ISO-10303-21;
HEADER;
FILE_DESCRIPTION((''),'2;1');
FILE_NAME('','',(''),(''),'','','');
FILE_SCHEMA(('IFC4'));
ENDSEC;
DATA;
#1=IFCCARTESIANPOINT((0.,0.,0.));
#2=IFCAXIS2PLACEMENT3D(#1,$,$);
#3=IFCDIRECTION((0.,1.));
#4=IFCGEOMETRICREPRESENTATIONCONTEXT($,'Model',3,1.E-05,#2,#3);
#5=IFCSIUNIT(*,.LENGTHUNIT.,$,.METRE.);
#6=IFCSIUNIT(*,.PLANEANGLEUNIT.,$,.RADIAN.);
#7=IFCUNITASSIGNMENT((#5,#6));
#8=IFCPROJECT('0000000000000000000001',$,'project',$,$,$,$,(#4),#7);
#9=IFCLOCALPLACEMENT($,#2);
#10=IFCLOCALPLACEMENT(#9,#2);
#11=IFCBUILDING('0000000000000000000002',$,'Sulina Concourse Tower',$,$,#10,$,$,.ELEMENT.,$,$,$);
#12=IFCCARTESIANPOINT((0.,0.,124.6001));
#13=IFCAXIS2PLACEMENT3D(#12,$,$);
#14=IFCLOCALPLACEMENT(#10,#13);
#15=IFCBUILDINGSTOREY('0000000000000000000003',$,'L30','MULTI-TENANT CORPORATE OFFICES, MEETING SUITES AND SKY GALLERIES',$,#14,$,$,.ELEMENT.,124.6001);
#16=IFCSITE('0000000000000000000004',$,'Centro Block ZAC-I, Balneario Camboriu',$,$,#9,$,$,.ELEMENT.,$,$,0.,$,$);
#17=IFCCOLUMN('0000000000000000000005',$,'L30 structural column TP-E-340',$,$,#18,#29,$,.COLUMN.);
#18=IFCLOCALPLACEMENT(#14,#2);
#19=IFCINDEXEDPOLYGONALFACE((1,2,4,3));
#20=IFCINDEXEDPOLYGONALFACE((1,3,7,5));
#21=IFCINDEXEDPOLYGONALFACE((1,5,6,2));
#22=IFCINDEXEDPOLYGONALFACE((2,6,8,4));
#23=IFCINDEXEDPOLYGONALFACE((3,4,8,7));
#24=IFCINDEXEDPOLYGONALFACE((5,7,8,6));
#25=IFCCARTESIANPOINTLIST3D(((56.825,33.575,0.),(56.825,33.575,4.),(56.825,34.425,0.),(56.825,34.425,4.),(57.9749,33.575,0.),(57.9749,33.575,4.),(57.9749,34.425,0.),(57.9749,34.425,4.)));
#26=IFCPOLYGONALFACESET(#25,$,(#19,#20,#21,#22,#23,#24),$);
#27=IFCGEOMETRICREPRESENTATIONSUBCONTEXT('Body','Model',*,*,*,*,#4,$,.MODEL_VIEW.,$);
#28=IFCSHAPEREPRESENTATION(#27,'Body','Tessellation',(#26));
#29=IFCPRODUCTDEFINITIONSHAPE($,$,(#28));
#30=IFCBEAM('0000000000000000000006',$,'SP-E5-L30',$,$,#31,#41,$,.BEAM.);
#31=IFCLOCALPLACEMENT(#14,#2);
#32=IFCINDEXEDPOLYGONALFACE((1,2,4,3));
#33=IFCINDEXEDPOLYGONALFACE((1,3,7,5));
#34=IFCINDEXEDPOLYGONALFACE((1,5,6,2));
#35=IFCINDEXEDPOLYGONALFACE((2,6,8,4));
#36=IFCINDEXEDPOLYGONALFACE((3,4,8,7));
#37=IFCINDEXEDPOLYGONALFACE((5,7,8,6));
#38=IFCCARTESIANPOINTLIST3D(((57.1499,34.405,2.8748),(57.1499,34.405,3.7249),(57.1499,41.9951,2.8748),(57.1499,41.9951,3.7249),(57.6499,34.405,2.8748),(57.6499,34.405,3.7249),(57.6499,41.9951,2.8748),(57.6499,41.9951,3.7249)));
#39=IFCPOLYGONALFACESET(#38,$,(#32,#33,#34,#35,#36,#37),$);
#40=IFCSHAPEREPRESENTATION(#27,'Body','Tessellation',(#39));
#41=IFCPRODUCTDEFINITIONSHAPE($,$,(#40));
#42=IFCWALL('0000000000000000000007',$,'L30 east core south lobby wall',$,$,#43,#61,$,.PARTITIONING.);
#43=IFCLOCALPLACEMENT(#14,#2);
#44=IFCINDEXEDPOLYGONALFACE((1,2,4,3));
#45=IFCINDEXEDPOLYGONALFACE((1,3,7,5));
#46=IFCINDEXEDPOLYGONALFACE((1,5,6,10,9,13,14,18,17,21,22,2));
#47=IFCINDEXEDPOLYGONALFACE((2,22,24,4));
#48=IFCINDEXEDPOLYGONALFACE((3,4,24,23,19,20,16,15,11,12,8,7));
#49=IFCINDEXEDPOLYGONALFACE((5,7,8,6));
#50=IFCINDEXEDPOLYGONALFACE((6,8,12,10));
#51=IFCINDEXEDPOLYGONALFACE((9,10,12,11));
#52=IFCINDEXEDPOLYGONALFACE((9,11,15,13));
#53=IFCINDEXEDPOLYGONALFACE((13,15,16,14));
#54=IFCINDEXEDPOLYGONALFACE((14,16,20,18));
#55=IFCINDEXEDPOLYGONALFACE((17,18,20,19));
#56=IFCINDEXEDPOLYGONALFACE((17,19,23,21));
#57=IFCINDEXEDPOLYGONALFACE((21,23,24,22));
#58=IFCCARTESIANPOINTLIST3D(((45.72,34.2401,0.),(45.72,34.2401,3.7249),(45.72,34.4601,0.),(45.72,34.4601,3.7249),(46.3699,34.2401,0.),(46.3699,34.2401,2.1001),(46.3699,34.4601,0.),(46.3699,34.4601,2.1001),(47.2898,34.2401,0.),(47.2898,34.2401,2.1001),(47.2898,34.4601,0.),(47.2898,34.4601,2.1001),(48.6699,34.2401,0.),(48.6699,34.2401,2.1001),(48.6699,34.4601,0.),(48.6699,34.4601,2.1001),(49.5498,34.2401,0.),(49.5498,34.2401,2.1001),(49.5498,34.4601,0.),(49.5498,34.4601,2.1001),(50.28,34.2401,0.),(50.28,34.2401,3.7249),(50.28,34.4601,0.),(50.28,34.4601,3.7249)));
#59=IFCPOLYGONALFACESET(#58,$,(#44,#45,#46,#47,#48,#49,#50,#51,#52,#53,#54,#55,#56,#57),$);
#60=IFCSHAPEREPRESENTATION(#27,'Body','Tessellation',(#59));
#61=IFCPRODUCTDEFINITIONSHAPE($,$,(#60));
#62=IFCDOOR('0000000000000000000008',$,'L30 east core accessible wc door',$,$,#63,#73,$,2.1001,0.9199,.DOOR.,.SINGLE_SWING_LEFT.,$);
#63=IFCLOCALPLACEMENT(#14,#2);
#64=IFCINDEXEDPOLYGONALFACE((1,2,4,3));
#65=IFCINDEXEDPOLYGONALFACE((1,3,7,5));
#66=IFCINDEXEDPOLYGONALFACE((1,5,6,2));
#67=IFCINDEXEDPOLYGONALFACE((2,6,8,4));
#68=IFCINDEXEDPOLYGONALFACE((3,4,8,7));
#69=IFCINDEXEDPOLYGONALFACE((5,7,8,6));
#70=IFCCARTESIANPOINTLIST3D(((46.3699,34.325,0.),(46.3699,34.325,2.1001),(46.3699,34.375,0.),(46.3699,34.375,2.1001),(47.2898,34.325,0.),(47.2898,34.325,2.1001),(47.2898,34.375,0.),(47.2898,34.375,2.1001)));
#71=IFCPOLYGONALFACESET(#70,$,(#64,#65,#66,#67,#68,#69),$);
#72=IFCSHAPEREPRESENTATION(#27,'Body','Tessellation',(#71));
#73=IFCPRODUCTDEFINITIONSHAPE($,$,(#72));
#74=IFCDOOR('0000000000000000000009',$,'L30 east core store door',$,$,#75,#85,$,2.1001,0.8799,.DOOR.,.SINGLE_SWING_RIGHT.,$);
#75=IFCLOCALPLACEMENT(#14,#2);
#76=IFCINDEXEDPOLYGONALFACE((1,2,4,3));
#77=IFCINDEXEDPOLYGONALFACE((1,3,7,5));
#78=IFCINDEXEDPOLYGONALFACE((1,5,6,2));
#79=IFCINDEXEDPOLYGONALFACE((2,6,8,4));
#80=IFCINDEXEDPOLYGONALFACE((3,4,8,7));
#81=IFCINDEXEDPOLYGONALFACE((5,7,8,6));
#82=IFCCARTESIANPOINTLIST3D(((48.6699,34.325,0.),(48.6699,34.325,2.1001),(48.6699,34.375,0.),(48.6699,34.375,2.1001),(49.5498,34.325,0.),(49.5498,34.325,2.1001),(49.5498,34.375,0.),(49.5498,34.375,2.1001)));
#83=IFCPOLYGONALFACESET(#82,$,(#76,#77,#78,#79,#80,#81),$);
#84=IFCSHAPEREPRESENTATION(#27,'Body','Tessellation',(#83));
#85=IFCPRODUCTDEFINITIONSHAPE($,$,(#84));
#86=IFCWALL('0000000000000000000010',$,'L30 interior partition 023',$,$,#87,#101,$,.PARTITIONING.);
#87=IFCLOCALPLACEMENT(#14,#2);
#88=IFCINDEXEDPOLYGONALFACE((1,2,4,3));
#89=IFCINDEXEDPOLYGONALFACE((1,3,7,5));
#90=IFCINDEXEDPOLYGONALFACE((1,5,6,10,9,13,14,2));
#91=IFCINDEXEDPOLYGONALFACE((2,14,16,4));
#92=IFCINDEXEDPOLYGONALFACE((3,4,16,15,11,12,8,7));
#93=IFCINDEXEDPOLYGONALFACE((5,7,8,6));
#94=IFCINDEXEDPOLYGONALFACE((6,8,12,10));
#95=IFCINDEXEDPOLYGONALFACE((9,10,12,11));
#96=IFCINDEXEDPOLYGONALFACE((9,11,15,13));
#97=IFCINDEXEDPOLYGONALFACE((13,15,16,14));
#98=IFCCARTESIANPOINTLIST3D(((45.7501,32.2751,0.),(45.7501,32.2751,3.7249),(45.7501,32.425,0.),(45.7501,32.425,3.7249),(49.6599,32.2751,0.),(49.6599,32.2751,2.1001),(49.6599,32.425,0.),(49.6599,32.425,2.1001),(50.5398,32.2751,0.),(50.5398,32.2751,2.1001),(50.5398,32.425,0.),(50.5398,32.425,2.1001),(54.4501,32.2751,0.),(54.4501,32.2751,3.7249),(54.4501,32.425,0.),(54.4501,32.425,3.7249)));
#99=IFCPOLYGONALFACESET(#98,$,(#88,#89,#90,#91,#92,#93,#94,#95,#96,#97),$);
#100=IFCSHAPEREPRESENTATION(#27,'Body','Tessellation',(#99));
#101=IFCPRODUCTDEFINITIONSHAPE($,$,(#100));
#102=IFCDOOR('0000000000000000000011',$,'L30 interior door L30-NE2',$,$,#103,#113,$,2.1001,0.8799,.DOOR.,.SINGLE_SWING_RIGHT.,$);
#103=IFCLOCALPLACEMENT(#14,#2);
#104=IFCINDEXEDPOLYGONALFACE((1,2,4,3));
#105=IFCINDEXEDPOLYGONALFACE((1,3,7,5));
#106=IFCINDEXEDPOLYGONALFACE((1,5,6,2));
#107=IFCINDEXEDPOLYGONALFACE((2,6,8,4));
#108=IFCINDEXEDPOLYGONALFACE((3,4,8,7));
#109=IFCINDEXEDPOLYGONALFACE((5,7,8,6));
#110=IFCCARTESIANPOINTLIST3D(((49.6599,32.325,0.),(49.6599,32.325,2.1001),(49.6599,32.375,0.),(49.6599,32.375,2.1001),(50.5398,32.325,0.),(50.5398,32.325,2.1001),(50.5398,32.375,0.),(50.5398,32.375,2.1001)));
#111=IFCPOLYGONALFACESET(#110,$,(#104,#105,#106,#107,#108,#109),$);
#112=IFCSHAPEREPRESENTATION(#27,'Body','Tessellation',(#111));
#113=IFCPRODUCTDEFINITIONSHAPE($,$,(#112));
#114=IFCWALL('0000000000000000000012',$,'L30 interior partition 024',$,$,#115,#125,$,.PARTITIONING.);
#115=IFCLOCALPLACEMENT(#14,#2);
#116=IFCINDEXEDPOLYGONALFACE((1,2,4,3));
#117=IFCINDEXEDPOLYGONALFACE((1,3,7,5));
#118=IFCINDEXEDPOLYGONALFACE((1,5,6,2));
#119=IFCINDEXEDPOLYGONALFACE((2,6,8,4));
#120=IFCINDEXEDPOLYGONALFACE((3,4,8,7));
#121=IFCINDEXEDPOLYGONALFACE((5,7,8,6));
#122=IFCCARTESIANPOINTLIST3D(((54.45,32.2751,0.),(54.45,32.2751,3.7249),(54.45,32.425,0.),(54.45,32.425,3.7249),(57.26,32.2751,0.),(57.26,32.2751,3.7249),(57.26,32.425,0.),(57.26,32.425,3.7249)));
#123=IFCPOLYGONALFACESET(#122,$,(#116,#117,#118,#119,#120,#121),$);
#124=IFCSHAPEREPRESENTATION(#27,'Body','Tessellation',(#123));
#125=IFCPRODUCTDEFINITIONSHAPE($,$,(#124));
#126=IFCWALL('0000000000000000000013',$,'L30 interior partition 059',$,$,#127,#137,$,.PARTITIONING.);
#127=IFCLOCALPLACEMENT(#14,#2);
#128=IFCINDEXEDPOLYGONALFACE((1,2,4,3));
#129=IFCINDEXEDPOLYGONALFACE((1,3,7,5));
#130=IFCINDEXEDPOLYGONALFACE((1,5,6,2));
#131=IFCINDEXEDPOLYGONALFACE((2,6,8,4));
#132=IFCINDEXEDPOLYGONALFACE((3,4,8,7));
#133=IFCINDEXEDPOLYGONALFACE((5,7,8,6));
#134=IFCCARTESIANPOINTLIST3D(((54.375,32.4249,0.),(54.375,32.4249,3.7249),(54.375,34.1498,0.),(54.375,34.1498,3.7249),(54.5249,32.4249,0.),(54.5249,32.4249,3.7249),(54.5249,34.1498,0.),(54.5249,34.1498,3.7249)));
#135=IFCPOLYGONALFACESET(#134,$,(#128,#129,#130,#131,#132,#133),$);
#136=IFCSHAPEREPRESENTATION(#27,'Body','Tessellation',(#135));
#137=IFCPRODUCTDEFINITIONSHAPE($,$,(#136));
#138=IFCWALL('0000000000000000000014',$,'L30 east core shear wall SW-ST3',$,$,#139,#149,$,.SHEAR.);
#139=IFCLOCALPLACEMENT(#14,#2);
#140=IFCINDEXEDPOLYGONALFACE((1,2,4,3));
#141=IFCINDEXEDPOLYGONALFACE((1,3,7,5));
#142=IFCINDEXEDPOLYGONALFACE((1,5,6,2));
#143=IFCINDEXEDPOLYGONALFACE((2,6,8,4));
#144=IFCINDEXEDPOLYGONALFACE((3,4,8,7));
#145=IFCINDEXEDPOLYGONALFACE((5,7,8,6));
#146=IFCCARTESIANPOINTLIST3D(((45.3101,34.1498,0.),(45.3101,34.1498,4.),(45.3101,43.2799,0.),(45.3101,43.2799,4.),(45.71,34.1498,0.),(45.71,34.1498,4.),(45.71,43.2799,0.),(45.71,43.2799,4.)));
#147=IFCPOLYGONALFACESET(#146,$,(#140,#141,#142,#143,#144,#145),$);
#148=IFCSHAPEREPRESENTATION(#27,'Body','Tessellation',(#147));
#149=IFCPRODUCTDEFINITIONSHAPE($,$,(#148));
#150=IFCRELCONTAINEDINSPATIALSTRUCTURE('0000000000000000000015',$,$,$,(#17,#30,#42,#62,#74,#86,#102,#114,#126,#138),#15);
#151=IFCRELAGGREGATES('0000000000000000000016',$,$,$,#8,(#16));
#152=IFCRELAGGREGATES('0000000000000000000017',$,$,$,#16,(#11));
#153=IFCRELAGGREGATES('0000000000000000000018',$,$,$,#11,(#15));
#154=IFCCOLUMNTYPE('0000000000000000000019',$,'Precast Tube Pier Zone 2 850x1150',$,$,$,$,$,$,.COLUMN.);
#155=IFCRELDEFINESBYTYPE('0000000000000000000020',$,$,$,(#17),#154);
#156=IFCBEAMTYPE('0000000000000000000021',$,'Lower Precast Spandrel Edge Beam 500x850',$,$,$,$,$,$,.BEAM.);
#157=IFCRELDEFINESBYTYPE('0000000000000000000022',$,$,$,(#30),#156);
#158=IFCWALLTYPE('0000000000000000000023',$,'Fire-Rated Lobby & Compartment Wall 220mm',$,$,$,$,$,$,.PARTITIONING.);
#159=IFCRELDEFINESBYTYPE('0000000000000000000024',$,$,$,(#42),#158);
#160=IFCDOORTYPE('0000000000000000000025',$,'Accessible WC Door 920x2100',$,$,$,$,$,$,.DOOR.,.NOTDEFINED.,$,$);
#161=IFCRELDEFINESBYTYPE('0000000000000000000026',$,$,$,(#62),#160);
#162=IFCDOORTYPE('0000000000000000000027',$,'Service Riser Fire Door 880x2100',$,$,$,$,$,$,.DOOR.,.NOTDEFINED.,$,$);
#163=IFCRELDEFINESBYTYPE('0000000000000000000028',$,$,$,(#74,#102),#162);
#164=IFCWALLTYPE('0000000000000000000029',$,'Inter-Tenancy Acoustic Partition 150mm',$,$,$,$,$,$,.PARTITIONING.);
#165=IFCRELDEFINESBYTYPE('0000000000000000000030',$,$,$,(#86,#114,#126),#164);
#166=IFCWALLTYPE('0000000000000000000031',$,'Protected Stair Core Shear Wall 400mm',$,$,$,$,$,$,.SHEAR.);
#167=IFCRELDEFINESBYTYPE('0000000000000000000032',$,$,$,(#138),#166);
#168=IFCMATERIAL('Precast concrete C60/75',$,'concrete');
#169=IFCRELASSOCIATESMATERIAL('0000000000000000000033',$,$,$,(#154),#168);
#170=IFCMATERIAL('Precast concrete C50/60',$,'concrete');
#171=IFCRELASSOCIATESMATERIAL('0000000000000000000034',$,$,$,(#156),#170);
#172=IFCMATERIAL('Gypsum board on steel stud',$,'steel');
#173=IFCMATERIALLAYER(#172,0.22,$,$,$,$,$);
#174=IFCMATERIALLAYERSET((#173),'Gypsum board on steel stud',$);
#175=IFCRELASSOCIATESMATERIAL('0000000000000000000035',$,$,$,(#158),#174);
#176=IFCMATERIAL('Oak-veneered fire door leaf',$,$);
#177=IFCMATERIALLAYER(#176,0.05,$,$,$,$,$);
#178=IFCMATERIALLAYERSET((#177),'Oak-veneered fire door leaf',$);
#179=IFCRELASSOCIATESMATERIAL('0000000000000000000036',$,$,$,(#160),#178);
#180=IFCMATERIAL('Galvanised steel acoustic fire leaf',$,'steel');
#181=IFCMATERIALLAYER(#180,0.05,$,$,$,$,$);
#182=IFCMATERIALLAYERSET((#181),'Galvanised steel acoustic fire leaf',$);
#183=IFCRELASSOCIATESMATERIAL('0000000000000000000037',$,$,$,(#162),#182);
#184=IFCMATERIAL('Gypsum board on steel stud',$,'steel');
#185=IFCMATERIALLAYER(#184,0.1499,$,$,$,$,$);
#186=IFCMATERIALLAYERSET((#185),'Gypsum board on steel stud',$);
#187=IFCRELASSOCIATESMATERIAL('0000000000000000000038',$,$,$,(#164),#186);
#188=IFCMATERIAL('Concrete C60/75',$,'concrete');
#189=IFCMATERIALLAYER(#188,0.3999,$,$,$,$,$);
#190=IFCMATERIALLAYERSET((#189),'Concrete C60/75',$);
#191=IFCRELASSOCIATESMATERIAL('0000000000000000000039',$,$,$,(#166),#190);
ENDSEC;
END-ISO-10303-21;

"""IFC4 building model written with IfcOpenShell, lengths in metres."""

from ifc_helpers import new_model, si_unit, direction, frame, frame_2d, origin, origin_2d, place, context, subcontext, project, spatial, rectangle, extrude, material, layer, layer_set, material_profile, profile_set, type_object, element, fill, save


model = new_model("IFC4")

# Units and contexts
model_context = context("Model", 3, precision=1e-05, world=origin(), true_north=direction((0.0, 1.0)))
body_context = subcontext(model_context, "Body", "Model", "MODEL_VIEW")
ifc_project = project(units=[si_unit("LENGTHUNIT", "METRE"), si_unit("PLANEANGLEUNIT", "RADIAN")], contexts=[model_context])

# Site, building, storey
site_placement = place(None, origin())
site = spatial("IfcSite", under=ifc_project, at=site_placement, Name="Centro Block ZAC-I, Balneario Camboriu", CompositionType="ELEMENT", RefElevation=0.0)
building_placement = place(site_placement, origin())
building = spatial("IfcBuilding", under=site, at=building_placement, Name="Sulina Concourse Tower", CompositionType="ELEMENT")
storey_placement = place(building_placement, frame((0.0, 0.0, 124.6001)))
storey = spatial("IfcBuildingStorey", under=building, at=storey_placement, Name="L30", Description="MULTI-TENANT CORPORATE OFFICES, MEETING SUITES AND SKY GALLERIES", CompositionType="ELEMENT", Elevation=124.6001)

# Column
ifc_material_1 = material(Name="Precast concrete C60/75", Category="concrete")
ifc_material_profile_1 = material_profile(ifc_material_1, rectangle(XDim=0.8501, YDim=1.1499, at=origin_2d()), Name="PC 850x1150")
ifc_profile_set_1 = profile_set([ifc_material_profile_1], Name="Precast concrete C60/75")
column_type = type_object("IfcColumnType", Name="Precast Tube Pier Zone 2 850x1150", PredefinedType="COLUMN", material=ifc_profile_set_1)
column_placement = place(storey_placement, frame((57.3999, 34.0, 0.0), z_axis=(0.0, 0.0, 1.0), x_axis=(0.0, 1.0, 0.0)))
element("IfcColumn", 1, at=column_placement, inside=storey, type_object=column_type, Name="L30 structural column TP-E-340", PredefinedType="COLUMN", context=body_context, shape_type="SweptSolid", body=[
    extrude(rectangle(XDim=0.8501, YDim=1.1499, at=origin_2d()), origin(), (0.0, 0.0, 1.0), 4.0),
])

# Beam
ifc_material_2 = material(Name="Precast concrete C50/60", Category="concrete")
ifc_material_profile_2 = material_profile(ifc_material_2, rectangle(XDim=0.5, YDim=0.8501, at=origin_2d()), Name="RC 500x850")
ifc_profile_set_2 = profile_set([ifc_material_profile_2], Name="Precast concrete C50/60")
beam_type = type_object("IfcBeamType", Name="Lower Precast Spandrel Edge Beam 500x850", PredefinedType="BEAM", material=ifc_profile_set_2)
beam_placement = place(storey_placement, frame((57.3999, 34.405, 3.2998), z_axis=(0.0, 1.0, 0.0), x_axis=(-1.0, 0.0, 0.0)))
element("IfcBeam", 2, at=beam_placement, inside=storey, type_object=beam_type, Name="SP-E5-L30", PredefinedType="BEAM", context=body_context, shape_type="SweptSolid", body=[
    extrude(rectangle(XDim=0.5, YDim=0.8501, at=origin_2d()), origin(), (0.0, 0.0, 1.0), 7.5901),
])

# Wall, openings, doors
ifc_material_3 = material(Name="Gypsum board on steel stud", Category="steel")
ifc_layer_1 = layer(ifc_material_3, 0.22)
ifc_layer_set_1 = layer_set([ifc_layer_1], Name="Gypsum board on steel stud")
wall_type_1 = type_object("IfcWallType", Name="Fire-Rated Lobby & Compartment Wall 220mm", PredefinedType="PARTITIONING", material=ifc_layer_set_1)
wall_1_placement = place(storey_placement, frame((45.72, 34.3501, 0.0), z_axis=(0.0, 0.0, 1.0), x_axis=(1.0, 0.0, 0.0)))
wall_1 = element("IfcWall", 3, at=wall_1_placement, inside=storey, type_object=wall_type_1, Name="L30 east core south lobby wall", PredefinedType="PARTITIONING", context=body_context, shape_type="SweptSolid", body=[
    extrude(rectangle(XDim=4.5601, YDim=0.22, at=frame_2d((2.28, 0.0))), origin(), (0.0, 0.0, 1.0), 3.7249),
])
opening_1_placement = place(wall_1_placement, frame((0.6499, 0.0, 0.0)))
opening_1 = element("IfcOpeningElement", 4, at=opening_1_placement, cuts=wall_1, PredefinedType="OPENING", context=body_context, shape_type="SweptSolid", body=[
    extrude(rectangle(XDim=0.9199, YDim=2.1001, at=frame_2d((0.46, 1.05))), frame((0.0, 0.1199, 0.0), z_axis=(0.0, -1.0, 0.0), x_axis=(1.0, 0.0, 0.0)), (0.0, 0.0, 1.0), 0.24),
])
opening_2_placement = place(wall_1_placement, frame((2.95, 0.0, 0.0)))
opening_2 = element("IfcOpeningElement", 5, at=opening_2_placement, cuts=wall_1, PredefinedType="OPENING", context=body_context, shape_type="SweptSolid", body=[
    extrude(rectangle(XDim=0.8799, YDim=2.1001, at=frame_2d((0.4399, 1.05))), frame((0.0, 0.1199, 0.0), z_axis=(0.0, -1.0, 0.0), x_axis=(1.0, 0.0, 0.0)), (0.0, 0.0, 1.0), 0.24),
])
ifc_material_4 = material(Name="Oak-veneered fire door leaf")
ifc_layer_2 = layer(ifc_material_4, 0.05)
ifc_layer_set_2 = layer_set([ifc_layer_2], Name="Oak-veneered fire door leaf")
door_type_1 = type_object("IfcDoorType", Name="Accessible WC Door 920x2100", OperationType="NOTDEFINED", PredefinedType="DOOR", material=ifc_layer_set_2)
door_1_placement = place(opening_1_placement, origin())
door_1 = element("IfcDoor", 6, at=door_1_placement, inside=storey, type_object=door_type_1, Name="L30 east core accessible wc door", OperationType="SINGLE_SWING_LEFT", OverallHeight=2.1001, OverallWidth=0.9199, PredefinedType="DOOR", context=body_context, shape_type="SweptSolid", body=[
    extrude(rectangle(XDim=0.9199, YDim=2.1001, at=frame_2d((0.46, 1.05))), frame((0.0, 0.0249, 0.0), z_axis=(0.0, -1.0, 0.0), x_axis=(1.0, 0.0, 0.0)), (0.0, 0.0, 1.0), 0.05),
])
fill(opening_1, door_1)
ifc_material_5 = material(Name="Galvanised steel acoustic fire leaf", Category="steel")
ifc_layer_3 = layer(ifc_material_5, 0.05)
ifc_layer_set_3 = layer_set([ifc_layer_3], Name="Galvanised steel acoustic fire leaf")
door_type_2 = type_object("IfcDoorType", Name="Service Riser Fire Door 880x2100", OperationType="NOTDEFINED", PredefinedType="DOOR", material=ifc_layer_set_3)
door_2_placement = place(opening_2_placement, origin())
door_2 = element("IfcDoor", 7, at=door_2_placement, inside=storey, type_object=door_type_2, Name="L30 east core store door", OperationType="SINGLE_SWING_RIGHT", OverallHeight=2.1001, OverallWidth=0.8799, PredefinedType="DOOR", context=body_context, shape_type="SweptSolid", body=[
    extrude(rectangle(XDim=0.8799, YDim=2.1001, at=frame_2d((0.4399, 1.05))), frame((0.0, 0.0249, 0.0), z_axis=(0.0, -1.0, 0.0), x_axis=(1.0, 0.0, 0.0)), (0.0, 0.0, 1.0), 0.05),
])
fill(opening_2, door_2)

# Wall, opening, door
ifc_material_6 = material(Name="Gypsum board on steel stud", Category="steel")
ifc_layer_4 = layer(ifc_material_6, 0.1499)
ifc_layer_set_4 = layer_set([ifc_layer_4], Name="Gypsum board on steel stud")
wall_type_2 = type_object("IfcWallType", Name="Inter-Tenancy Acoustic Partition 150mm", PredefinedType="PARTITIONING", material=ifc_layer_set_4)
wall_2_placement = place(storey_placement, frame((45.75, 32.3501, 0.0), z_axis=(0.0, 0.0, 1.0), x_axis=(1.0, 0.0, 0.0)))
wall_2 = element("IfcWall", 8, at=wall_2_placement, inside=storey, type_object=wall_type_2, Name="L30 interior partition 023", PredefinedType="PARTITIONING", context=body_context, shape_type="SweptSolid", body=[
    extrude(rectangle(XDim=8.7, YDim=0.1499, at=frame_2d((4.3501, 0.0))), origin(), (0.0, 0.0, 1.0), 3.7249),
])
opening_3_placement = place(wall_2_placement, frame((3.9099, 0.0, 0.0)))
opening_3 = element("IfcOpeningElement", 9, at=opening_3_placement, cuts=wall_2, PredefinedType="OPENING", context=body_context, shape_type="SweptSolid", body=[
    extrude(rectangle(XDim=0.8799, YDim=2.1001, at=frame_2d((0.4399, 1.05))), frame((0.0, 0.085, 0.0), z_axis=(0.0, -1.0, 0.0), x_axis=(1.0, 0.0, 0.0)), (0.0, 0.0, 1.0), 0.1699),
])
door_3_placement = place(opening_3_placement, origin())
door_3 = element("IfcDoor", 10, at=door_3_placement, inside=storey, type_object=door_type_2, Name="L30 interior door L30-NE2", OperationType="SINGLE_SWING_RIGHT", OverallHeight=2.1001, OverallWidth=0.8799, PredefinedType="DOOR", context=body_context, shape_type="SweptSolid", body=[
    extrude(rectangle(XDim=0.8799, YDim=2.1001, at=frame_2d((0.4399, 1.05))), frame((0.0, 0.0249, 0.0), z_axis=(0.0, -1.0, 0.0), x_axis=(1.0, 0.0, 0.0)), (0.0, 0.0, 1.0), 0.05),
])
fill(opening_3, door_3)

# Walls
wall_3_placement = place(storey_placement, frame((54.45, 32.3501, 0.0), z_axis=(0.0, 0.0, 1.0), x_axis=(1.0, 0.0, 0.0)))
element("IfcWall", 11, at=wall_3_placement, inside=storey, type_object=wall_type_2, Name="L30 interior partition 024", PredefinedType="PARTITIONING", context=body_context, shape_type="SweptSolid", body=[
    extrude(rectangle(XDim=2.8101, YDim=0.1499, at=frame_2d((1.405, 0.0))), origin(), (0.0, 0.0, 1.0), 3.7249),
])
wall_4_placement = place(storey_placement, frame((54.45, 32.425, 0.0), z_axis=(0.0, 0.0, 1.0), x_axis=(0.0, 1.0, 0.0)))
element("IfcWall", 12, at=wall_4_placement, inside=storey, type_object=wall_type_2, Name="L30 interior partition 059", PredefinedType="PARTITIONING", context=body_context, shape_type="SweptSolid", body=[
    extrude(rectangle(XDim=1.7249, YDim=0.1499, at=frame_2d((0.8623, 0.0))), origin(), (0.0, 0.0, 1.0), 3.7249),
])
ifc_material_7 = material(Name="Concrete C60/75", Category="concrete")
ifc_layer_5 = layer(ifc_material_7, 0.3999)
ifc_layer_set_5 = layer_set([ifc_layer_5], Name="Concrete C60/75")
wall_type_3 = type_object("IfcWallType", Name="Protected Stair Core Shear Wall 400mm", PredefinedType="SHEAR", material=ifc_layer_set_5)
wall_5_placement = place(storey_placement, frame((45.51, 34.1499, 0.0), z_axis=(0.0, 0.0, 1.0), x_axis=(0.0, 1.0, 0.0)))
element("IfcWall", 13, at=wall_5_placement, inside=storey, type_object=wall_type_3, Name="L30 east core shear wall SW-ST3", PredefinedType="SHEAR", context=body_context, shape_type="SweptSolid", body=[
    extrude(rectangle(XDim=9.1301, YDim=0.3999, at=frame_2d((4.5649, 0.0))), origin(), (0.0, 0.0, 1.0), 4.0),
])

save(model, "model.ifc")
